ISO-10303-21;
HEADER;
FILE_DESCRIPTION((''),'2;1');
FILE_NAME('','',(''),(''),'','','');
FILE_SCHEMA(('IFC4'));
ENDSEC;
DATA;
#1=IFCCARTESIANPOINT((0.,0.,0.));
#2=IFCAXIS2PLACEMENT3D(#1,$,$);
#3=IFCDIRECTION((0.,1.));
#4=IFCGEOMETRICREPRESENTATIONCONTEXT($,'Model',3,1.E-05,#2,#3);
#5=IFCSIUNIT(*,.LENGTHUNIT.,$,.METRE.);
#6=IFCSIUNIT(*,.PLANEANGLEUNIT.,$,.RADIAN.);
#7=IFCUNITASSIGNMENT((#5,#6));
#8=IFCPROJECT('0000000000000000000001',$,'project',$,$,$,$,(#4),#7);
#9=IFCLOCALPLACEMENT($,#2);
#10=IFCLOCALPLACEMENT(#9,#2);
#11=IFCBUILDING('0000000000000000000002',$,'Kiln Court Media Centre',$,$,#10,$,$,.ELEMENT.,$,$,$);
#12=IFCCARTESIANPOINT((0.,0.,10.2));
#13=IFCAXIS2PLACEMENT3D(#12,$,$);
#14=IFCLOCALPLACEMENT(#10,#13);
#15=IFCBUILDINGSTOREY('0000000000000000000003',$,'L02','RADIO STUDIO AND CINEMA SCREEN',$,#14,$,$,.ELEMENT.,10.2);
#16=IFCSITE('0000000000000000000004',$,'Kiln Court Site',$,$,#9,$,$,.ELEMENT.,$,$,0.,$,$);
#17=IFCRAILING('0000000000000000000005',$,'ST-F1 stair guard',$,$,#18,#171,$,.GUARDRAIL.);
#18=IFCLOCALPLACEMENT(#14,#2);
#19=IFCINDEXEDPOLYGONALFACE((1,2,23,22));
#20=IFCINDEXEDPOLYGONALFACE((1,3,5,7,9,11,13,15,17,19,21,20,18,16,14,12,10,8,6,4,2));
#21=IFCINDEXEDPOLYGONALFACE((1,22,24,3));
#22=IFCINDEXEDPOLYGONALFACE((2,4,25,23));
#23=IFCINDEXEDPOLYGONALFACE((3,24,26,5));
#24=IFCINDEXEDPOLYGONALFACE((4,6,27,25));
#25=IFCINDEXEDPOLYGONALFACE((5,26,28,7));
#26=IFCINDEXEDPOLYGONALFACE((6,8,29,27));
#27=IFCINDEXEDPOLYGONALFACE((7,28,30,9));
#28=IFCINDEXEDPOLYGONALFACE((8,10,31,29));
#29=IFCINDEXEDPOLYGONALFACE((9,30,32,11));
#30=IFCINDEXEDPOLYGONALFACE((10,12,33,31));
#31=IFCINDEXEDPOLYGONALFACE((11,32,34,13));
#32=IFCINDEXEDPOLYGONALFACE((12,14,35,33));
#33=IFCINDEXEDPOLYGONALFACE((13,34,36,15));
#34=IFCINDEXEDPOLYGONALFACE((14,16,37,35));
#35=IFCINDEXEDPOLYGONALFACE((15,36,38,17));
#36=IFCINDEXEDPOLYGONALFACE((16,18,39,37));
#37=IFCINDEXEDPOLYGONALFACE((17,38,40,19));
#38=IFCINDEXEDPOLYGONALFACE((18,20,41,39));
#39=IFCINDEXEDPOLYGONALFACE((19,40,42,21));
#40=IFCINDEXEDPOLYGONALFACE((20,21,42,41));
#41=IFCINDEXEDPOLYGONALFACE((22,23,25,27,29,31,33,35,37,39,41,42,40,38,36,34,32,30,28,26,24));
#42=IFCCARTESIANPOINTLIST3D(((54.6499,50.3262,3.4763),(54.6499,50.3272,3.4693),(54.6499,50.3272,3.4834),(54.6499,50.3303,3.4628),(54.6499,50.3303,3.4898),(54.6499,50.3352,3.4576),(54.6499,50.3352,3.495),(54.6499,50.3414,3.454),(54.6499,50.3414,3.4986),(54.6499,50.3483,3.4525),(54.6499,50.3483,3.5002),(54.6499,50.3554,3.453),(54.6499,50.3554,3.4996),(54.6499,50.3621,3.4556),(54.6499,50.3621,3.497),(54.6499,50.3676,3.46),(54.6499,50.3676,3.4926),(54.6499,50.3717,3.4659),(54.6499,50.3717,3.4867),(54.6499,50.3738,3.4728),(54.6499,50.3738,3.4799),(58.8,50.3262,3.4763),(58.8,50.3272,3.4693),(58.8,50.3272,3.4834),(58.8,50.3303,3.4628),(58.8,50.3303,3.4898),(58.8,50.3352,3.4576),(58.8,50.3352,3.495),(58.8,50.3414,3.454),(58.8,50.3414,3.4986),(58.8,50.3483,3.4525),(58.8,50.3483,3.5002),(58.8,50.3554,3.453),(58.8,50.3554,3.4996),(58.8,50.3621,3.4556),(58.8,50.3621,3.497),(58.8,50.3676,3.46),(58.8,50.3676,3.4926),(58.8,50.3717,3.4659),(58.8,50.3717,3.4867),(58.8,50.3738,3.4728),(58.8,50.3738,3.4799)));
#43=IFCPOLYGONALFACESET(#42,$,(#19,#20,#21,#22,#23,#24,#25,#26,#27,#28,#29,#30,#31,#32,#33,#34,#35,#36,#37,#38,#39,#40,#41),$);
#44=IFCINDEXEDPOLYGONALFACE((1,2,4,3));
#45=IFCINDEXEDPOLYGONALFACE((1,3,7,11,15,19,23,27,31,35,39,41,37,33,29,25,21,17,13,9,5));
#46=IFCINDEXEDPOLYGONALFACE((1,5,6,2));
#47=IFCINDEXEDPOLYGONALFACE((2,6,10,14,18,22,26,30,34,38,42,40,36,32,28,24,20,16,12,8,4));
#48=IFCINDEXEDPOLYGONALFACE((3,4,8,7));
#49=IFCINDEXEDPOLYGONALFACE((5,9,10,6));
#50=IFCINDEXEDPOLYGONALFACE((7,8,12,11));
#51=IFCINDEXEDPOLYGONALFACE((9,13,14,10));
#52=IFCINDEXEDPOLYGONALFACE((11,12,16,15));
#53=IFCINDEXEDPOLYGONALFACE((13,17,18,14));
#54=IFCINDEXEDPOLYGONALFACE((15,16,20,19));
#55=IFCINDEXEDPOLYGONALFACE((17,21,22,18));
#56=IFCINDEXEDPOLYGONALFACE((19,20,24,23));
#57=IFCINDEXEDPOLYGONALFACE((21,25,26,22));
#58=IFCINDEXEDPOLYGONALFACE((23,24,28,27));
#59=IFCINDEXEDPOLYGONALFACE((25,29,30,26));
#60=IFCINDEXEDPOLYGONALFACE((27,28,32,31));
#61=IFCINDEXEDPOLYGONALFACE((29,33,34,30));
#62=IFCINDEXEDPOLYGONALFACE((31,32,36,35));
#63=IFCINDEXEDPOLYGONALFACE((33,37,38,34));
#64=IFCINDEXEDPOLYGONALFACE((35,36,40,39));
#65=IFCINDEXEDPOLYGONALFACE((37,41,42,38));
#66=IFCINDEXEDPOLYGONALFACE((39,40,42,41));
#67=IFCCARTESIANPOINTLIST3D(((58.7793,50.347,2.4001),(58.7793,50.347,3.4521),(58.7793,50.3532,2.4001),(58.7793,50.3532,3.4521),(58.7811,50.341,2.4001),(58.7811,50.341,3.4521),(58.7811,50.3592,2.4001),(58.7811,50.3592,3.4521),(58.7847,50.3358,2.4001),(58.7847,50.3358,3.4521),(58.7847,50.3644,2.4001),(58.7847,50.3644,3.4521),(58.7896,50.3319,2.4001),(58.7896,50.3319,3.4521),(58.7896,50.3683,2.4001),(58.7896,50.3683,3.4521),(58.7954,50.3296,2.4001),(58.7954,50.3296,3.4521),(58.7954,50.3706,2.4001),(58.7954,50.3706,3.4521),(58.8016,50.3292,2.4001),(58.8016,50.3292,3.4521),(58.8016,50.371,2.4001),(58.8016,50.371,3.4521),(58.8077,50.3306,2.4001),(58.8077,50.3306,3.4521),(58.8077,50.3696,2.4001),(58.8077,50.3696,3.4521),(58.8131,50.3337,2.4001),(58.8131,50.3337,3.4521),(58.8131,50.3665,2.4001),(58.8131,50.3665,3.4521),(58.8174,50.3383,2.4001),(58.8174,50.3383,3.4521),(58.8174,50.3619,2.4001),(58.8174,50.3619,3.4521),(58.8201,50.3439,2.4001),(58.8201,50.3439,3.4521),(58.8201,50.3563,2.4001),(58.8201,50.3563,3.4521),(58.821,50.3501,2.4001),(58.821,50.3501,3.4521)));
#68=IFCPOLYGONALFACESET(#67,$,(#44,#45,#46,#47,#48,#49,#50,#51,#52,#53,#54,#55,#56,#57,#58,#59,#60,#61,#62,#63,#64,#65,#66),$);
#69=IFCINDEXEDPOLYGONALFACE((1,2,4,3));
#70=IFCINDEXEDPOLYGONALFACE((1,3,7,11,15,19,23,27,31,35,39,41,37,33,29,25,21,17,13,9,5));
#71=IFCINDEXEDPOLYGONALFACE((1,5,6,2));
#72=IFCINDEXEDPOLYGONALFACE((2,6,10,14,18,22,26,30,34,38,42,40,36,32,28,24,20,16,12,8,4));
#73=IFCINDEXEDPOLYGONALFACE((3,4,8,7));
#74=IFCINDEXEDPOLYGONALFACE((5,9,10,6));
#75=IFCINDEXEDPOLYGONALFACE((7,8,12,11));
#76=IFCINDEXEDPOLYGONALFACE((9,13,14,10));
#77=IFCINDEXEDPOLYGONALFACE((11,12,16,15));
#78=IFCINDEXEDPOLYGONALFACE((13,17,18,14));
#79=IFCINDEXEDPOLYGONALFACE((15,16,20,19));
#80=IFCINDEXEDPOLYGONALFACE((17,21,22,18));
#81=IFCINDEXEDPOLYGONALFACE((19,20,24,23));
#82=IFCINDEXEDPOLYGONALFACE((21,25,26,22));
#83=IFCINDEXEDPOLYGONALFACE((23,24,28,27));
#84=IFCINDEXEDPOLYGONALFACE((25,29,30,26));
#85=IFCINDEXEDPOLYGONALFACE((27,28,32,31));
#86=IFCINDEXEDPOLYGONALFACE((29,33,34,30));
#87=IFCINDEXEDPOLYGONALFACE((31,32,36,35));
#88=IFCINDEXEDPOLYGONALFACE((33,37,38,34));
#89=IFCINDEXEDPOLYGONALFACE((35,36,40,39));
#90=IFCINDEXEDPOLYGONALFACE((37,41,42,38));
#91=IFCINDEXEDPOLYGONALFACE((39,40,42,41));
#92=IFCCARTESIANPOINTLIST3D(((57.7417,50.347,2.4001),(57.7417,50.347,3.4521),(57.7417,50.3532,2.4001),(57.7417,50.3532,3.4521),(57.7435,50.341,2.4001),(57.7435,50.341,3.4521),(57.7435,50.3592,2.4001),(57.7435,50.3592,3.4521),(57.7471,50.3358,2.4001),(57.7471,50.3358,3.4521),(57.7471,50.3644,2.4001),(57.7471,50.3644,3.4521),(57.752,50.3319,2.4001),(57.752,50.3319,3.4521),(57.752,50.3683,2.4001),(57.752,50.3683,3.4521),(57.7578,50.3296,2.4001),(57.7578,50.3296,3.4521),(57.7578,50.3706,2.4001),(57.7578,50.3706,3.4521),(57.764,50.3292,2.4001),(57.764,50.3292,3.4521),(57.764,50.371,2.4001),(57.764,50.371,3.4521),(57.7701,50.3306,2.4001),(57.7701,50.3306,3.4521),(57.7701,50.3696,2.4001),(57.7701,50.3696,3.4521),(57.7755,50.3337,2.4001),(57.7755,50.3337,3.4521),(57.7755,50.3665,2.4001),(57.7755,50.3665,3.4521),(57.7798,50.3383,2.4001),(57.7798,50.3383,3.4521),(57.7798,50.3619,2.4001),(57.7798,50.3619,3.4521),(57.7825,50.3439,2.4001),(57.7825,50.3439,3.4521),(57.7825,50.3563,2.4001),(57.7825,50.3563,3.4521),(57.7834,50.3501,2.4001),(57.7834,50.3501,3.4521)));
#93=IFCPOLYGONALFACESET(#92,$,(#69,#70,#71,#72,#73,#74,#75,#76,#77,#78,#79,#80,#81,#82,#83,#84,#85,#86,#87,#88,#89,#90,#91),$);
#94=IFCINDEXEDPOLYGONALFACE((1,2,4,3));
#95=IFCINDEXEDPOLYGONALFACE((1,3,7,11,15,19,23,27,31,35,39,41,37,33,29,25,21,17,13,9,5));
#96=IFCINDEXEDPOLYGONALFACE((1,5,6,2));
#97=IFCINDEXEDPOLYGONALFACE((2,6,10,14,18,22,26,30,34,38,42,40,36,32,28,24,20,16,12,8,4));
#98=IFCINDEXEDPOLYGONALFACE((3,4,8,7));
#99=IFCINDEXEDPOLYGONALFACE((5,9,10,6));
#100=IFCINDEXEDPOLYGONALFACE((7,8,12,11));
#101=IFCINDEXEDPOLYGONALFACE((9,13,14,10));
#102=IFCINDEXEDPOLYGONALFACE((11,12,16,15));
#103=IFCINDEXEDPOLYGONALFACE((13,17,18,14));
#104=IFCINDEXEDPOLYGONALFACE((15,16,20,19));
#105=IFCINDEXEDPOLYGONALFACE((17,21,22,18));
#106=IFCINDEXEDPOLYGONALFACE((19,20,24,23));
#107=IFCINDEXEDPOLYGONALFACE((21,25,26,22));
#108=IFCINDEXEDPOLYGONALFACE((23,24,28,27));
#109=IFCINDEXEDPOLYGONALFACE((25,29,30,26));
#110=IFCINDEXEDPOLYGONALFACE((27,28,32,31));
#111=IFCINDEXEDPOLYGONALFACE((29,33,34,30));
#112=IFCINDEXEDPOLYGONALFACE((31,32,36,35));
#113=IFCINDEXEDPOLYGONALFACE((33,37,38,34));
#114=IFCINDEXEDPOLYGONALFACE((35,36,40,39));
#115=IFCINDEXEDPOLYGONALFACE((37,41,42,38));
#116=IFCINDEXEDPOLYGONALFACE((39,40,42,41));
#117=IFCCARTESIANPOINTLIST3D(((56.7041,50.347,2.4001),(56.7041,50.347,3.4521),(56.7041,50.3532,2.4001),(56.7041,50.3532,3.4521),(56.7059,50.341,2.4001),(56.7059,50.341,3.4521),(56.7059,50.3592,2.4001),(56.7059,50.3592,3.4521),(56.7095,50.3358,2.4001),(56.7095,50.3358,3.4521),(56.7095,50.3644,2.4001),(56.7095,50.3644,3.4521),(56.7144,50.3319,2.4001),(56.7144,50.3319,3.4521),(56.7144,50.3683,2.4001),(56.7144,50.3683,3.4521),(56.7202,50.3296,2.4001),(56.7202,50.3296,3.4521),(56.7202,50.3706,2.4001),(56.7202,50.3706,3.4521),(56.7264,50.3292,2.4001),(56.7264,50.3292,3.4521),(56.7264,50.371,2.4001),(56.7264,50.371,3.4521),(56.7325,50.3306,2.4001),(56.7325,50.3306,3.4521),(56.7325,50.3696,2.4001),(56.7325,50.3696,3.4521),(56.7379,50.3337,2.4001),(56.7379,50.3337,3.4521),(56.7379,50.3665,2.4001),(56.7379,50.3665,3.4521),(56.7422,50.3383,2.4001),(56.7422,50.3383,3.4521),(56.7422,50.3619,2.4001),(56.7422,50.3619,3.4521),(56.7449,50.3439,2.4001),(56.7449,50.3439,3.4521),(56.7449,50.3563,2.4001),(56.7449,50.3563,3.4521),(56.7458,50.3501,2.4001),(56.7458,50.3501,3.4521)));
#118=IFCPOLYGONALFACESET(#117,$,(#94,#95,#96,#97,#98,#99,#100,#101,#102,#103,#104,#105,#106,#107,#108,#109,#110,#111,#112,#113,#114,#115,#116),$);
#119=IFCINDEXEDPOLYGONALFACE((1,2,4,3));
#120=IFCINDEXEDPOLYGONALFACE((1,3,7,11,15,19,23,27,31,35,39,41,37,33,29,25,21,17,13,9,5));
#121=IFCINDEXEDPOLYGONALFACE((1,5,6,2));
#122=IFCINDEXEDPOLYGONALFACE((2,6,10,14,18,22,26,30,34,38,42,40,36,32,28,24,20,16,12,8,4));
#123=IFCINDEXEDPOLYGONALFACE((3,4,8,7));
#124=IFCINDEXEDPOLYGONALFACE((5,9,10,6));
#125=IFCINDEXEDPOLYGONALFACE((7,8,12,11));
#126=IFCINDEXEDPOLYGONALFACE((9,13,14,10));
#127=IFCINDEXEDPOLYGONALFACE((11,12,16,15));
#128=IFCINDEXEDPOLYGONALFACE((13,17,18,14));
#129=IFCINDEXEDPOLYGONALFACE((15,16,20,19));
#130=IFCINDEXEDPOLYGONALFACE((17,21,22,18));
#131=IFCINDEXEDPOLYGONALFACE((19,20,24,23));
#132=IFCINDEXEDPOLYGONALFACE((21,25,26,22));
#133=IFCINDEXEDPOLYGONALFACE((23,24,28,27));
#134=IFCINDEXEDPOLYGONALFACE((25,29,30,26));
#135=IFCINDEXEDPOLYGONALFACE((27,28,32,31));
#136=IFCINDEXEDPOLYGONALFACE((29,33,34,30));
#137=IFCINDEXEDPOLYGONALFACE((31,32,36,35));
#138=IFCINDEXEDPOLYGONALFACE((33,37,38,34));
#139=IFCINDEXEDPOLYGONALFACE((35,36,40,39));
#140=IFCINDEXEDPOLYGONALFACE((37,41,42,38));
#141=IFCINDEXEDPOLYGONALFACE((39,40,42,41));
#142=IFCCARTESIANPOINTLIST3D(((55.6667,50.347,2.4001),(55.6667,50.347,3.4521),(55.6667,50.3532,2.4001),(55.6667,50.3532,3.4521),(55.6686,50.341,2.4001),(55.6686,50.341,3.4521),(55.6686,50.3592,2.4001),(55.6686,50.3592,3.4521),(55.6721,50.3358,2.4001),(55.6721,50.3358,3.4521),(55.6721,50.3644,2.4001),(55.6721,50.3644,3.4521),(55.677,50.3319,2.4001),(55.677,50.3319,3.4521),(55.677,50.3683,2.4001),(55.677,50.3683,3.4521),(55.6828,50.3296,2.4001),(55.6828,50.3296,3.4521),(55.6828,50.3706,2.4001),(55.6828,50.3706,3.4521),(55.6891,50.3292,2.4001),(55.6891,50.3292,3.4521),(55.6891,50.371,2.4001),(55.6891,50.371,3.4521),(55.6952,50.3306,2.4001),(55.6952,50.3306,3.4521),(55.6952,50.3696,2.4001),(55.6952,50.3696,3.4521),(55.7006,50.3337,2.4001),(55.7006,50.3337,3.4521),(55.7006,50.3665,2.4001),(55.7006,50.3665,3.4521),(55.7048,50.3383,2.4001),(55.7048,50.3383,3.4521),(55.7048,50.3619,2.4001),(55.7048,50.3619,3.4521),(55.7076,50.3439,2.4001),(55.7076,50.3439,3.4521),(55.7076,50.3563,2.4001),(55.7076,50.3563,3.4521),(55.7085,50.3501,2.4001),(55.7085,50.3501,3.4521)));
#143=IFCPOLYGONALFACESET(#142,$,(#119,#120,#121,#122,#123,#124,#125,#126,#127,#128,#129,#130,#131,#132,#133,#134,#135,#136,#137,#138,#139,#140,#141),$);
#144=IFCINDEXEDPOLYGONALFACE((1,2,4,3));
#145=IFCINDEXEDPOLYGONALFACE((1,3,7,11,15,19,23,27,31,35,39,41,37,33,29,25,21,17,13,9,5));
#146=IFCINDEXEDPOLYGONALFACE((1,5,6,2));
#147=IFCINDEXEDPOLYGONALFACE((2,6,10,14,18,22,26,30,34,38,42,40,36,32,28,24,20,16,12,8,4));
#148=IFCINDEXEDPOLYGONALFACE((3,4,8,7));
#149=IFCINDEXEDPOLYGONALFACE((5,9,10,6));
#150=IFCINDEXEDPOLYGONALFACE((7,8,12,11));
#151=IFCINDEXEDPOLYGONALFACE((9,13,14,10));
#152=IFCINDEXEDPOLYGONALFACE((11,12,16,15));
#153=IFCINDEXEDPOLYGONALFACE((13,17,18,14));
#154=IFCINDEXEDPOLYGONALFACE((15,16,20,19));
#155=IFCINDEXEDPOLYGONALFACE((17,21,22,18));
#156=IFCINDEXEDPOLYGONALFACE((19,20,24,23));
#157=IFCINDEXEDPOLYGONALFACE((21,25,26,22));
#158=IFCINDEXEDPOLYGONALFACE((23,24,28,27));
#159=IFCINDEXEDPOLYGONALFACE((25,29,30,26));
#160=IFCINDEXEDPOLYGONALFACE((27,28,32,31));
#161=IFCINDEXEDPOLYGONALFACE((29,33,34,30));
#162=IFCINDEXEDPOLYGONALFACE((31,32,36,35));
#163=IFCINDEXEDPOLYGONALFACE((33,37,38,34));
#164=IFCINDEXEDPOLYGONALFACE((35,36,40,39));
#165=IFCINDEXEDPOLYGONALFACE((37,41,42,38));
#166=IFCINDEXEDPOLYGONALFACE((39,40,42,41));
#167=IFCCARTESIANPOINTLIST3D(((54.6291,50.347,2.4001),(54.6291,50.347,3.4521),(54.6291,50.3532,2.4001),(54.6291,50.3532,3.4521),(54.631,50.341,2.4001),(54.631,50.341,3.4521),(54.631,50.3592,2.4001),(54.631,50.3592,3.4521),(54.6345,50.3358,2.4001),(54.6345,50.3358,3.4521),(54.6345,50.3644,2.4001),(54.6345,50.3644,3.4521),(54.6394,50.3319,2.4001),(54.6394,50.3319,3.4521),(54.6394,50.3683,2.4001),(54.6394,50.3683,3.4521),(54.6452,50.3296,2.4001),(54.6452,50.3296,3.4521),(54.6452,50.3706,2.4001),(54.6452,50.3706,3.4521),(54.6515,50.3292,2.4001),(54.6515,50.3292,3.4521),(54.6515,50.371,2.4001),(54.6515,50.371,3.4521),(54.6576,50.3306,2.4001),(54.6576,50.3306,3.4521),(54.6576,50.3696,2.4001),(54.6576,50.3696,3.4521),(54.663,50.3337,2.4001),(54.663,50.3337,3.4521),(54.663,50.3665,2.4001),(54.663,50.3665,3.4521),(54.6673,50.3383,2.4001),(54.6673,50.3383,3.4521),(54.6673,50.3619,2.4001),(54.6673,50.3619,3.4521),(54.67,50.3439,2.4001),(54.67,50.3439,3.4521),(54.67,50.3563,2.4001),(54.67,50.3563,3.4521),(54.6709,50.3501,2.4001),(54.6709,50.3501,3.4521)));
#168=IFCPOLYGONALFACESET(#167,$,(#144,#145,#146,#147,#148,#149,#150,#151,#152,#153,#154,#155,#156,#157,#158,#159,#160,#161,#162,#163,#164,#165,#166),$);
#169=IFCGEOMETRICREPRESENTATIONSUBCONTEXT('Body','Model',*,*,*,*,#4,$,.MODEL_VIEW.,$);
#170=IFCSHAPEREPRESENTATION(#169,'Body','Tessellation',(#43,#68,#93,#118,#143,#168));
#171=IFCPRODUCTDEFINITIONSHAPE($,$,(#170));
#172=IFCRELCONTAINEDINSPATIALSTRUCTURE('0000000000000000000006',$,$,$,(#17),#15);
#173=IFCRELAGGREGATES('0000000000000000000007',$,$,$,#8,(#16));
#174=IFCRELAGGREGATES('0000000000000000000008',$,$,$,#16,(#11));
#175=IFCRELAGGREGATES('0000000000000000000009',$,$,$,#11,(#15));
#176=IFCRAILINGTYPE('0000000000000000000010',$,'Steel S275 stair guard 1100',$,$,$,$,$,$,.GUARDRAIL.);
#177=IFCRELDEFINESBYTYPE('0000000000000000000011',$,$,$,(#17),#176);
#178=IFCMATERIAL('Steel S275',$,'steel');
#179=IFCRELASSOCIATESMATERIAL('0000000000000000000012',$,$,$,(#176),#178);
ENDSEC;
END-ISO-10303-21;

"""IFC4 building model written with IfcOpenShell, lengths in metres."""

from ifc_helpers import new_model, si_unit, direction, frame, origin, origin_2d, place, context, subcontext, project, spatial, circle, extrude, material, type_object, element, save


model = new_model("IFC4")

# Units and contexts
model_context = context("Model", 3, precision=1e-05, world=origin(), true_north=direction((0.0, 1.0)))
body_context = subcontext(model_context, "Body", "Model", "MODEL_VIEW")
ifc_project = project(units=[si_unit("LENGTHUNIT", "METRE"), si_unit("PLANEANGLEUNIT", "RADIAN")], contexts=[model_context])

# Site, building, storey
site_placement = place(None, origin())
site = spatial("IfcSite", under=ifc_project, at=site_placement, Name="Kiln Court Site", CompositionType="ELEMENT", RefElevation=0.0)
building_placement = place(site_placement, origin())
building = spatial("IfcBuilding", under=site, at=building_placement, Name="Kiln Court Media Centre", CompositionType="ELEMENT")
storey_placement = place(building_placement, frame((0.0, 0.0, 10.2)))
storey = spatial("IfcBuildingStorey", under=building, at=storey_placement, Name="L02", Description="RADIO STUDIO AND CINEMA SCREEN", CompositionType="ELEMENT", Elevation=10.2)

# Railing
ifc_material_1 = material(Name="Steel S275", Category="steel")
railing_type = type_object("IfcRailingType", Name="Steel S275 stair guard 1100", PredefinedType="GUARDRAIL", material=ifc_material_1)
railing_1_placement = place(storey_placement, frame((58.8, 50.3501, 2.4001)))
element("IfcRailing", 1, at=railing_1_placement, inside=storey, type_object=railing_type, Name="ST-F1 stair guard", PredefinedType="GUARDRAIL", context=body_context, shape_type="SweptSolid", body=[
    extrude(circle(Radius=0.0239, at=origin_2d()), frame((0.0, 0.0, 1.0762), z_axis=(-1.0, 0.0, 0.0), x_axis=(0.0, -1.0, 0.0)), (0.0, 0.0, 1.0), 4.1501),
    extrude(circle(Radius=0.021, at=origin_2d()), origin(), (0.0, 0.0, 1.0), 1.052),
    extrude(circle(Radius=0.021, at=origin_2d()), frame((-1.0376, 0.0, 0.0)), (0.0, 0.0, 1.0), 1.052),
    extrude(circle(Radius=0.021, at=origin_2d()), frame((-2.0752, 0.0, 0.0)), (0.0, 0.0, 1.0), 1.052),
    extrude(circle(Radius=0.021, at=origin_2d()), frame((-3.1125, 0.0, 0.0)), (0.0, 0.0, 1.0), 1.052),
    extrude(circle(Radius=0.021, at=origin_2d()), frame((-4.1501, 0.0, 0.0)), (0.0, 0.0, 1.0), 1.052),
])

save(model, "model.ifc")
